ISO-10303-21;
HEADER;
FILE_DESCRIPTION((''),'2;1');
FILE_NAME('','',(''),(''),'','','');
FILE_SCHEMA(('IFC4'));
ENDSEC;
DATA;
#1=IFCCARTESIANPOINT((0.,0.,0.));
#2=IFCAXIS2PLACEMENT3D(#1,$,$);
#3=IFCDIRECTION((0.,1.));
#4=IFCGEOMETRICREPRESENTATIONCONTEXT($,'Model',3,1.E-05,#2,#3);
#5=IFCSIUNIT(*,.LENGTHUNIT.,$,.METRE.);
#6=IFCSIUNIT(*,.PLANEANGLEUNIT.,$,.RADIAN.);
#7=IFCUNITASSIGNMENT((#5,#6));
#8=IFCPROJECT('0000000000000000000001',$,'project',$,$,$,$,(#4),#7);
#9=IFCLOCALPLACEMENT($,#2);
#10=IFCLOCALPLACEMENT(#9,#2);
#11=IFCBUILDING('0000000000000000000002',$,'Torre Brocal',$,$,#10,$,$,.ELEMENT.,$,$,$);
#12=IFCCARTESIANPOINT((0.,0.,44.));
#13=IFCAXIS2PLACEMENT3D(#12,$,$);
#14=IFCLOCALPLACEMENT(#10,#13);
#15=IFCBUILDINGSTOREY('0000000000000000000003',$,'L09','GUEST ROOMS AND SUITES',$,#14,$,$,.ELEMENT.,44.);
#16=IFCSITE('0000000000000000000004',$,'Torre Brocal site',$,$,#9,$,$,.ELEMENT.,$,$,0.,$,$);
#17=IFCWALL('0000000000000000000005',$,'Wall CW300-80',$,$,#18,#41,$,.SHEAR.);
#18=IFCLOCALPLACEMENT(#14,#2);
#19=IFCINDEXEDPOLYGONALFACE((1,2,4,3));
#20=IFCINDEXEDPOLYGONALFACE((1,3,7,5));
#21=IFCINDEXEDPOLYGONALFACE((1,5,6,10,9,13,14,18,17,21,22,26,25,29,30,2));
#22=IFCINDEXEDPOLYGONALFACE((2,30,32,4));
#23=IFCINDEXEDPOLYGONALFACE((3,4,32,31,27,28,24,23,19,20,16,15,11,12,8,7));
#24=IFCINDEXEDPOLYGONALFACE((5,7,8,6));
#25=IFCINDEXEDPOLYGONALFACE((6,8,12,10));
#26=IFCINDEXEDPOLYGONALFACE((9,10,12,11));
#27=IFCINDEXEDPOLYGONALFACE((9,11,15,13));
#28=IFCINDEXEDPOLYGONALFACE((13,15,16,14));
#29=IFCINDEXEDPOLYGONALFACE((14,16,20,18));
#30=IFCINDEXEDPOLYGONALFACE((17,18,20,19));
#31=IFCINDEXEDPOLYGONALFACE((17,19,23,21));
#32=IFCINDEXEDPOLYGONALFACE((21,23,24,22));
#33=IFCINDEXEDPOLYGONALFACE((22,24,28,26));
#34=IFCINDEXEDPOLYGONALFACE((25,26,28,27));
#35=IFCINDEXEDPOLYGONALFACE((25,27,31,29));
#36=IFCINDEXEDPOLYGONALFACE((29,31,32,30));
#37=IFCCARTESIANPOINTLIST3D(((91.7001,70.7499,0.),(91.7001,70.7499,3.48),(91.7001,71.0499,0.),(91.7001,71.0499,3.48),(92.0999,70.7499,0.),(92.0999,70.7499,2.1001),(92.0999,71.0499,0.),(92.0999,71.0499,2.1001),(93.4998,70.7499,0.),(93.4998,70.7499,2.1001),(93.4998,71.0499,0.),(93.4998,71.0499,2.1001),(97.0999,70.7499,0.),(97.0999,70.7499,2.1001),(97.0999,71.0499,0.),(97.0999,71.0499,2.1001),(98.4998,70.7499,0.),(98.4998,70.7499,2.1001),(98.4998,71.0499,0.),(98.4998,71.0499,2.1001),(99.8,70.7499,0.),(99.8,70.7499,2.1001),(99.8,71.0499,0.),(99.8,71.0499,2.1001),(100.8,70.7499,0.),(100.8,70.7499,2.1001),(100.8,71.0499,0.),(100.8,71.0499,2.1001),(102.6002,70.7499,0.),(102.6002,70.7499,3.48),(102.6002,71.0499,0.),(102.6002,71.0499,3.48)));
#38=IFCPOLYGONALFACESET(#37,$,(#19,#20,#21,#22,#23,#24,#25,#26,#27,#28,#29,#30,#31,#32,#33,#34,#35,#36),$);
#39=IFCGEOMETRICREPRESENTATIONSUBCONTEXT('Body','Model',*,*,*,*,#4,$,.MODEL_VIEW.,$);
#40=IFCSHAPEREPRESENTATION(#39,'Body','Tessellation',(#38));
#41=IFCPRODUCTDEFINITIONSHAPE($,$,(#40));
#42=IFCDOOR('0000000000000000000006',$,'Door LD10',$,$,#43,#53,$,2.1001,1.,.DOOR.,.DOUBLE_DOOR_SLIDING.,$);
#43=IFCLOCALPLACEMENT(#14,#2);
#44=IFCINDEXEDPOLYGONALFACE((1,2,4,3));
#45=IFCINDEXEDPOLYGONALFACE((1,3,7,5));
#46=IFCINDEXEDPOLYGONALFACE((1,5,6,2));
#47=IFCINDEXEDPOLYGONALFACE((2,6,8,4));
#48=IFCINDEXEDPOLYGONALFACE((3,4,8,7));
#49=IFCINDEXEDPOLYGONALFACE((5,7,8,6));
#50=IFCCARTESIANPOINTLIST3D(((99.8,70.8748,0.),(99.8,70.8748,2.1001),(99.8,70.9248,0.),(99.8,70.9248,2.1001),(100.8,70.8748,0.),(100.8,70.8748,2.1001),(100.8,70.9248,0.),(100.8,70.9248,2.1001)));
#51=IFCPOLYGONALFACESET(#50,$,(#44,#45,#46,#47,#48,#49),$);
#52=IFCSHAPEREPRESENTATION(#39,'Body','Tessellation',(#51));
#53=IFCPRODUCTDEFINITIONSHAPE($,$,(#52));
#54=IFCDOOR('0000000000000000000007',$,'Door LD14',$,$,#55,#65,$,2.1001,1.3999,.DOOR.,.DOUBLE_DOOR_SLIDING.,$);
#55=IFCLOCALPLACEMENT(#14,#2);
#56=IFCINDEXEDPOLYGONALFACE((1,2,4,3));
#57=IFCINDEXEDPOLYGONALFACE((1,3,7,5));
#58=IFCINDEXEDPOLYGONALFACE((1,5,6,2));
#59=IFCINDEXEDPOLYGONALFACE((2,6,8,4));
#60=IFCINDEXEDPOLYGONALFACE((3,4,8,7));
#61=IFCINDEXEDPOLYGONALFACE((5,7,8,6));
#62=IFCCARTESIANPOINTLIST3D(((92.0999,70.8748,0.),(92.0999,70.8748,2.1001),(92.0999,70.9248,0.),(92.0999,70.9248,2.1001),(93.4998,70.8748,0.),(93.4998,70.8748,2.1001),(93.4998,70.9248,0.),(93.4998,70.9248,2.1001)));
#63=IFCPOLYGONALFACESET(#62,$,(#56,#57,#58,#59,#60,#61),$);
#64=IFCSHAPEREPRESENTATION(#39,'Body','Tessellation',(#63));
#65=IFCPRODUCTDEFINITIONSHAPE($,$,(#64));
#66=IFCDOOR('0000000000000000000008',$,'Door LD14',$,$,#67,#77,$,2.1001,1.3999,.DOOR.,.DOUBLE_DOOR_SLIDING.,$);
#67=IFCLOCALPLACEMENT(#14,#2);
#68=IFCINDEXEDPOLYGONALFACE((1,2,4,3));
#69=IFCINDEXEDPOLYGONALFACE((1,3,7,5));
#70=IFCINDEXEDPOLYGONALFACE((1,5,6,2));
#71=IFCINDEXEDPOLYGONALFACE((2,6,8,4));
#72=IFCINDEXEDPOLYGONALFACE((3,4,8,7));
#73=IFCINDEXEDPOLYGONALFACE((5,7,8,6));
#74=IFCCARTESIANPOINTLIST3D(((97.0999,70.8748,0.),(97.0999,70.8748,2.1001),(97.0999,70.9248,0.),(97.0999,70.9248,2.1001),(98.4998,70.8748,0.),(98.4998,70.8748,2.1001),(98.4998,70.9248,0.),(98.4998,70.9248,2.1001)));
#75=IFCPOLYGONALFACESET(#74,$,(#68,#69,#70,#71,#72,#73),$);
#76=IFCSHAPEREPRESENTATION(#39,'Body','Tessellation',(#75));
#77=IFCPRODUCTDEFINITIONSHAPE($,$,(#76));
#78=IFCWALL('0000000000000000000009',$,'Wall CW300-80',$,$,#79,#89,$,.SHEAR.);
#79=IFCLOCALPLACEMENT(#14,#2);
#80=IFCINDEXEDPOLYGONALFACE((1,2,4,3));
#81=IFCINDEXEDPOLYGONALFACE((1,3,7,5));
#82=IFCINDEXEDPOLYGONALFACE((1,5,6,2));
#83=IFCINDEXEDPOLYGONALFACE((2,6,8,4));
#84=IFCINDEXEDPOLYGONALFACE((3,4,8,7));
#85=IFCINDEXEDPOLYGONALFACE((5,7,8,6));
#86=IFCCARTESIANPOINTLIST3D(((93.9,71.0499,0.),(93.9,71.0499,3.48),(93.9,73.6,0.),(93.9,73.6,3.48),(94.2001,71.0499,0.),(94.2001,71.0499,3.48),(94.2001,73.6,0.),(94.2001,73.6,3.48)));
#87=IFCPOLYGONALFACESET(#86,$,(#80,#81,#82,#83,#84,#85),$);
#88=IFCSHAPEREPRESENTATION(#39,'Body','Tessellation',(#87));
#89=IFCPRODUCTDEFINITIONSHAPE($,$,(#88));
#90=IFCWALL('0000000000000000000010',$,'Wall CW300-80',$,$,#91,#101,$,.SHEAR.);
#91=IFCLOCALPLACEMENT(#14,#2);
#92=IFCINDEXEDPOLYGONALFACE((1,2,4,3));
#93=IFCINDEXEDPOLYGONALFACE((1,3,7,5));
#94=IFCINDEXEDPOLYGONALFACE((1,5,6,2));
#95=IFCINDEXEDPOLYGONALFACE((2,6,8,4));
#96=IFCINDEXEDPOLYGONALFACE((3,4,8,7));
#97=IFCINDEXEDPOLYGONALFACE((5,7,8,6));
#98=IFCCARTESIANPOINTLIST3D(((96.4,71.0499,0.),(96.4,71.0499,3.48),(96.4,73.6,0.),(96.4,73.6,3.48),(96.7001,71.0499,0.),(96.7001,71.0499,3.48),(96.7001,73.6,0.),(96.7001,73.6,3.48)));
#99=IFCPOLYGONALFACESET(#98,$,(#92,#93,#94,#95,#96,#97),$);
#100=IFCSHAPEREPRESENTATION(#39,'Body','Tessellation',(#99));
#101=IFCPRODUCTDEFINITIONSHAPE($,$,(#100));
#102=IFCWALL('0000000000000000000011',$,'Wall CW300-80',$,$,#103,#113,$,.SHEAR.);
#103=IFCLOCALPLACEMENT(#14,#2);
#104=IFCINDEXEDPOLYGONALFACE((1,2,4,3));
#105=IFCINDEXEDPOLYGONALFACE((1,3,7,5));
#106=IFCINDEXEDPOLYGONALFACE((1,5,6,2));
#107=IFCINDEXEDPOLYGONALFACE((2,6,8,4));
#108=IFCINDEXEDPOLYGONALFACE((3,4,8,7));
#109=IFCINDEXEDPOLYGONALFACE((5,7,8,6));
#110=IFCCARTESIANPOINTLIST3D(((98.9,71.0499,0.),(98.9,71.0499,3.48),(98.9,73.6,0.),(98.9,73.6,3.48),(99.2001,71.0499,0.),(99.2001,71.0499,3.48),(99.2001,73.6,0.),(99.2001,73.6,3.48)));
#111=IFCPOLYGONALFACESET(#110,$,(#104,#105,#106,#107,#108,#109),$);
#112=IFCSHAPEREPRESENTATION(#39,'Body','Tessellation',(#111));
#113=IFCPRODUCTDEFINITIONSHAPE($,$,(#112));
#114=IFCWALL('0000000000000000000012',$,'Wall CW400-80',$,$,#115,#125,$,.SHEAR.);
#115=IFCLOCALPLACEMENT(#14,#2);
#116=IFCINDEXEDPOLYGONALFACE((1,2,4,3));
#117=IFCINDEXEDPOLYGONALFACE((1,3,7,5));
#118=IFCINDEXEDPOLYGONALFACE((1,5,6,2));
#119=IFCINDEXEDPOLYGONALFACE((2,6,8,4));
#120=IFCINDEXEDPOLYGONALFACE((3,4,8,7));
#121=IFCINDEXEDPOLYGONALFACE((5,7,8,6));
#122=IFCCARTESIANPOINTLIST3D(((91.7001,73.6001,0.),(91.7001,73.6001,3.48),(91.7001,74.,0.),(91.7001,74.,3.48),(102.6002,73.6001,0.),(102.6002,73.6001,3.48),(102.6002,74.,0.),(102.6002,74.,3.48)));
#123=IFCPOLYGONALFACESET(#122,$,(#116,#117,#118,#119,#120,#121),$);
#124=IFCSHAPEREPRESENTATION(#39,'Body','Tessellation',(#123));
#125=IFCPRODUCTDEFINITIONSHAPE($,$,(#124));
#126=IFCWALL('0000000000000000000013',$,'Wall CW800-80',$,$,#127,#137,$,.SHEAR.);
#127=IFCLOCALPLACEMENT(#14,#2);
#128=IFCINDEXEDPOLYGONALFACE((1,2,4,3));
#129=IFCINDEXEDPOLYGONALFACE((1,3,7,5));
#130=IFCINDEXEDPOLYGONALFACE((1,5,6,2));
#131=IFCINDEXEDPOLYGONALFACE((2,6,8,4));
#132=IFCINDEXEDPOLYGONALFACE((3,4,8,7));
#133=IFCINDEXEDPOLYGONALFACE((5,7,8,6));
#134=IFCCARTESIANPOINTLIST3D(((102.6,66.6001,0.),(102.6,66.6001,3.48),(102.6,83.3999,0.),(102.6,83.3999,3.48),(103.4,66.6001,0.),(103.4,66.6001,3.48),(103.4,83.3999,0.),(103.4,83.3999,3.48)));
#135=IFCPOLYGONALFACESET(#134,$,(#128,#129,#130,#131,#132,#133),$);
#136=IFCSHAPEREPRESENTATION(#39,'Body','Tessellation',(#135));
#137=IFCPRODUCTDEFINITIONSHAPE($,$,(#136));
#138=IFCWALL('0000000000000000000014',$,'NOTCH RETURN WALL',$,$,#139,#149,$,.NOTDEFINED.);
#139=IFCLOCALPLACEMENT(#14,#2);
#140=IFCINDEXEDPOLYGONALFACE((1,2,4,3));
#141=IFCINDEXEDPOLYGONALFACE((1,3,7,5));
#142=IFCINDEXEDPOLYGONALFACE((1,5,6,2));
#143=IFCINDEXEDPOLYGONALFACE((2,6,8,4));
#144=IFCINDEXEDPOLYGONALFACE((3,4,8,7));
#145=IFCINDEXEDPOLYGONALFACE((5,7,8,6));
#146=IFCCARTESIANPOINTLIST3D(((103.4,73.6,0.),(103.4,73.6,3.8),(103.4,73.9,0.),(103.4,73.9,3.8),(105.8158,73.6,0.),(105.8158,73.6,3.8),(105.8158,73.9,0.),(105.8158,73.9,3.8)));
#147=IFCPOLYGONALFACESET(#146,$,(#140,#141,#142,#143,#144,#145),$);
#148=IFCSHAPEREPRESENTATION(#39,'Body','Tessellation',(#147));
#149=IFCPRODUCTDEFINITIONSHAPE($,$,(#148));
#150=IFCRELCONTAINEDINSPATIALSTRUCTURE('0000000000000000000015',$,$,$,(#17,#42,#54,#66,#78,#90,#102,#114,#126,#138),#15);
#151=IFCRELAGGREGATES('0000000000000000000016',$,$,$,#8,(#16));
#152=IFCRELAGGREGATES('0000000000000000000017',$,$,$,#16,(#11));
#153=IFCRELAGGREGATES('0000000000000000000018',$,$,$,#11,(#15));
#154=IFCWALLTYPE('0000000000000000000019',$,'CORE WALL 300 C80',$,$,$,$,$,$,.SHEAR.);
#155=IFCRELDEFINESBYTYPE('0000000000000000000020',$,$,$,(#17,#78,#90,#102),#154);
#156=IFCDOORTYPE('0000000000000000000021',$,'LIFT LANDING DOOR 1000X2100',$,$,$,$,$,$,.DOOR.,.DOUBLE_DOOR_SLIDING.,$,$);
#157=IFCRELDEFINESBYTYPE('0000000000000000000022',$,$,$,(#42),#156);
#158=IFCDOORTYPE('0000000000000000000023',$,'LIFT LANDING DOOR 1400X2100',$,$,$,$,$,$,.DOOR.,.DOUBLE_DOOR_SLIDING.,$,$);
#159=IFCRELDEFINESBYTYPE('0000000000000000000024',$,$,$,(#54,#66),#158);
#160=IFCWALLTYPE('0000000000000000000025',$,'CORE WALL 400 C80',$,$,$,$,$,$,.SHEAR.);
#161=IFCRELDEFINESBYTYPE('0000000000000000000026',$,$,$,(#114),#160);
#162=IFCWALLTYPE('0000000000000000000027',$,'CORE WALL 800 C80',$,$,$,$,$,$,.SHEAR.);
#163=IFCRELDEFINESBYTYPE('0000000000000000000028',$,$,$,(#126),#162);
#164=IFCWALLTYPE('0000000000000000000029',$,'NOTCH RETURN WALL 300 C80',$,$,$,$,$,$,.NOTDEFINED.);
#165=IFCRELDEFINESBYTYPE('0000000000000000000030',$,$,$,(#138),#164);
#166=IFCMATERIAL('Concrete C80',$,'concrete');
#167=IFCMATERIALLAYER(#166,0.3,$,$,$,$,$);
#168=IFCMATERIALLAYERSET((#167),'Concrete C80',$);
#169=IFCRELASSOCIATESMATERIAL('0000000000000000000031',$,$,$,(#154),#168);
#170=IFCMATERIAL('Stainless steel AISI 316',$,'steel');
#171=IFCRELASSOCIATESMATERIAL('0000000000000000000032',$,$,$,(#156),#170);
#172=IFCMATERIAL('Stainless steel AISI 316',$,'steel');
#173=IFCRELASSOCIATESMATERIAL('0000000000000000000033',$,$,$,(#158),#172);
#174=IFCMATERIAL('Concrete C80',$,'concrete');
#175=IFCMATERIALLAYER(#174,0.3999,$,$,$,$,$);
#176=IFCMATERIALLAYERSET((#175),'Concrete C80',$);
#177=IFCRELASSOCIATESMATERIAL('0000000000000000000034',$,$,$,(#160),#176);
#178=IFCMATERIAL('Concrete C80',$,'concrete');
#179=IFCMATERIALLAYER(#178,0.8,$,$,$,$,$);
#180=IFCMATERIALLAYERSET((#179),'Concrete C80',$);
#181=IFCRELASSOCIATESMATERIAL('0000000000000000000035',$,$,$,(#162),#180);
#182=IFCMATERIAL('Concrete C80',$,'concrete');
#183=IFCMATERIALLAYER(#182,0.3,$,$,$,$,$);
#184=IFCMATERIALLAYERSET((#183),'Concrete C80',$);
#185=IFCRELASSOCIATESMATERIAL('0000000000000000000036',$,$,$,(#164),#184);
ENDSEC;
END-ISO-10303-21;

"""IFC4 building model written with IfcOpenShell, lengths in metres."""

from ifc_helpers import new_model, si_unit, direction, frame, frame_2d, origin, place, context, subcontext, project, spatial, rectangle, extrude, material, layer, layer_set, type_object, element, fill, save


model = new_model("IFC4")

# Units and contexts
model_context = context("Model", 3, precision=1e-05, world=origin(), true_north=direction((0.0, 1.0)))
body_context = subcontext(model_context, "Body", "Model", "MODEL_VIEW")
ifc_project = project(units=[si_unit("LENGTHUNIT", "METRE"), si_unit("PLANEANGLEUNIT", "RADIAN")], contexts=[model_context])

# Site, building, storey
site_placement = place(None, origin())
site = spatial("IfcSite", under=ifc_project, at=site_placement, Name="Torre Brocal site", CompositionType="ELEMENT", RefElevation=0.0)
building_placement = place(site_placement, origin())
building = spatial("IfcBuilding", under=site, at=building_placement, Name="Torre Brocal", CompositionType="ELEMENT")
storey_placement = place(building_placement, frame((0.0, 0.0, 44.0)))
storey = spatial("IfcBuildingStorey", under=building, at=storey_placement, Name="L09", Description="GUEST ROOMS AND SUITES", CompositionType="ELEMENT", Elevation=44.0)

# Shared definitions
ifc_material_1 = material(Name="Concrete C80", Category="concrete")
ifc_layer_1 = layer(ifc_material_1, 0.3)
ifc_layer_set_1 = layer_set([ifc_layer_1], Name="Concrete C80")
wall_type_1 = type_object("IfcWallType", Name="CORE WALL 300 C80", PredefinedType="SHEAR", material=ifc_layer_set_1)

# Wall, openings, doors
wall_1_placement = place(storey_placement, frame((91.7, 70.8999, 0.0), z_axis=(0.0, 0.0, 1.0), x_axis=(1.0, 0.0, 0.0)))
wall_1 = element("IfcWall", 1, at=wall_1_placement, inside=storey, type_object=wall_type_1, Name="Wall CW300-80", PredefinedType="SHEAR", context=body_context, shape_type="SweptSolid", body=[
    extrude(rectangle(XDim=10.9001, YDim=0.3, at=frame_2d((5.4502, 0.0))), origin(), (0.0, 0.0, 1.0), 3.48),
])
opening_1_placement = place(wall_1_placement, frame((0.3999, 0.0, 0.0)))
opening_1 = element("IfcOpeningElement", 2, at=opening_1_placement, cuts=wall_1, PredefinedType="OPENING", context=body_context, shape_type="SweptSolid", body=[
    extrude(rectangle(XDim=1.3999, YDim=2.1001, at=frame_2d((0.7, 1.05))), frame((0.0, 0.1599, 0.0), z_axis=(0.0, -1.0, 0.0), x_axis=(1.0, 0.0, 0.0)), (0.0, 0.0, 1.0), 0.3201),
])
opening_2_placement = place(wall_1_placement, frame((5.3999, 0.0, 0.0)))
opening_2 = element("IfcOpeningElement", 3, at=opening_2_placement, cuts=wall_1, PredefinedType="OPENING", context=body_context, shape_type="SweptSolid", body=[
    extrude(rectangle(XDim=1.3999, YDim=2.1001, at=frame_2d((0.7, 1.05))), frame((0.0, 0.1599, 0.0), z_axis=(0.0, -1.0, 0.0), x_axis=(1.0, 0.0, 0.0)), (0.0, 0.0, 1.0), 0.3201),
])
opening_3_placement = place(wall_1_placement, frame((8.1001, 0.0, 0.0)))
opening_3 = element("IfcOpeningElement", 4, at=opening_3_placement, cuts=wall_1, PredefinedType="OPENING", context=body_context, shape_type="SweptSolid", body=[
    extrude(rectangle(XDim=1.0, YDim=2.1001, at=frame_2d((0.5, 1.05))), frame((0.0, 0.1599, 0.0), z_axis=(0.0, -1.0, 0.0), x_axis=(1.0, 0.0, 0.0)), (0.0, 0.0, 1.0), 0.3201),
])
ifc_material_2 = material(Name="Stainless steel AISI 316", Category="steel")
door_type_1 = type_object("IfcDoorType", Name="LIFT LANDING DOOR 1000X2100", OperationType="DOUBLE_DOOR_SLIDING", PredefinedType="DOOR", material=ifc_material_2)
door_1_placement = place(opening_3_placement, origin())
door_1 = element("IfcDoor", 5, at=door_1_placement, inside=storey, type_object=door_type_1, Name="Door LD10", OperationType="DOUBLE_DOOR_SLIDING", OverallHeight=2.1001, OverallWidth=1.0, PredefinedType="DOOR", context=body_context, shape_type="SweptSolid", body=[
    extrude(rectangle(XDim=1.0, YDim=2.1001, at=frame_2d((0.5, 1.05))), frame((0.0, 0.0249, 0.0), z_axis=(0.0, -1.0, 0.0), x_axis=(1.0, 0.0, 0.0)), (0.0, 0.0, 1.0), 0.05),
])
fill(opening_3, door_1)
ifc_material_3 = material(Name="Stainless steel AISI 316", Category="steel")
door_type_2 = type_object("IfcDoorType", Name="LIFT LANDING DOOR 1400X2100", OperationType="DOUBLE_DOOR_SLIDING", PredefinedType="DOOR", material=ifc_material_3)
door_2_placement = place(opening_1_placement, origin())
door_2 = element("IfcDoor", 6, at=door_2_placement, inside=storey, type_object=door_type_2, Name="Door LD14", OperationType="DOUBLE_DOOR_SLIDING", OverallHeight=2.1001, OverallWidth=1.3999, PredefinedType="DOOR", context=body_context, shape_type="SweptSolid", body=[
    extrude(rectangle(XDim=1.3999, YDim=2.1001, at=frame_2d((0.7, 1.05))), frame((0.0, 0.0249, 0.0), z_axis=(0.0, -1.0, 0.0), x_axis=(1.0, 0.0, 0.0)), (0.0, 0.0, 1.0), 0.05),
])
fill(opening_1, door_2)
door_3_placement = place(opening_2_placement, origin())
door_3 = element("IfcDoor", 7, at=door_3_placement, inside=storey, type_object=door_type_2, Name="Door LD14", OperationType="DOUBLE_DOOR_SLIDING", OverallHeight=2.1001, OverallWidth=1.3999, PredefinedType="DOOR", context=body_context, shape_type="SweptSolid", body=[
    extrude(rectangle(XDim=1.3999, YDim=2.1001, at=frame_2d((0.7, 1.05))), frame((0.0, 0.0249, 0.0), z_axis=(0.0, -1.0, 0.0), x_axis=(1.0, 0.0, 0.0)), (0.0, 0.0, 1.0), 0.05),
])
fill(opening_2, door_3)

# Walls
for number, where, z_axis, x_axis, name in (
    (8, (94.05, 71.05, 0.0), (0.0, 0.0, 1.0), (0.0, 1.0, 0.0), "Wall CW300-80"),
    (9, (96.55, 71.05, 0.0), (0.0, 0.0, 1.0), (0.0, 1.0, 0.0), "Wall CW300-80"),
    (10, (99.05, 71.05, 0.0), (0.0, 0.0, 1.0), (0.0, 1.0, 0.0), "Wall CW300-80"),
):
    element("IfcWall", number, at=place(storey_placement, frame(where, z_axis=z_axis, x_axis=x_axis)), inside=storey, type_object=wall_type_1, Name=name, PredefinedType="SHEAR", context=body_context, shape_type="SweptSolid", body=[
        extrude(rectangle(XDim=2.55, YDim=0.3, at=frame_2d((1.2749, 0.0))), origin(), (0.0, 0.0, 1.0), 3.48),
    ])
ifc_material_4 = material(Name="Concrete C80", Category="concrete")
ifc_layer_2 = layer(ifc_material_4, 0.3999)
ifc_layer_set_2 = layer_set([ifc_layer_2], Name="Concrete C80")
wall_type_2 = type_object("IfcWallType", Name="CORE WALL 400 C80", PredefinedType="SHEAR", material=ifc_layer_set_2)
wall_2_placement = place(storey_placement, frame((91.7, 73.8, 0.0), z_axis=(0.0, 0.0, 1.0), x_axis=(1.0, 0.0, 0.0)))
element("IfcWall", 11, at=wall_2_placement, inside=storey, type_object=wall_type_2, Name="Wall CW400-80", PredefinedType="SHEAR", context=body_context, shape_type="SweptSolid", body=[
    extrude(rectangle(XDim=10.9001, YDim=0.3999, at=frame_2d((5.4502, 0.0))), origin(), (0.0, 0.0, 1.0), 3.48),
])
ifc_material_5 = material(Name="Concrete C80", Category="concrete")
ifc_layer_3 = layer(ifc_material_5, 0.8)
ifc_layer_set_3 = layer_set([ifc_layer_3], Name="Concrete C80")
wall_type_3 = type_object("IfcWallType", Name="CORE WALL 800 C80", PredefinedType="SHEAR", material=ifc_layer_set_3)
wall_3_placement = place(storey_placement, frame((103.0, 66.6001, 0.0), z_axis=(0.0, 0.0, 1.0), x_axis=(0.0, 1.0, 0.0)))
element("IfcWall", 12, at=wall_3_placement, inside=storey, type_object=wall_type_3, Name="Wall CW800-80", PredefinedType="SHEAR", context=body_context, shape_type="SweptSolid", body=[
    extrude(rectangle(XDim=16.7998, YDim=0.8, at=frame_2d((8.3999, 0.0))), origin(), (0.0, 0.0, 1.0), 3.48),
])
ifc_material_6 = material(Name="Concrete C80", Category="concrete")
ifc_layer_4 = layer(ifc_material_6, 0.3)
ifc_layer_set_4 = layer_set([ifc_layer_4], Name="Concrete C80")
wall_type_4 = type_object("IfcWallType", Name="NOTCH RETURN WALL 300 C80", PredefinedType="NOTDEFINED", material=ifc_layer_set_4)
wall_4_placement = place(storey_placement, frame((103.3999, 73.75, 0.0), z_axis=(0.0, 0.0, 1.0), x_axis=(1.0, 0.0, 0.0)))
element("IfcWall", 13, at=wall_4_placement, inside=storey, type_object=wall_type_4, Name="NOTCH RETURN WALL", PredefinedType="NOTDEFINED", context=body_context, shape_type="SweptSolid", body=[
    extrude(rectangle(XDim=2.4158, YDim=0.3, at=frame_2d((1.208, 0.0))), origin(), (0.0, 0.0, 1.0), 3.8),
])

save(model, "model.ifc")
